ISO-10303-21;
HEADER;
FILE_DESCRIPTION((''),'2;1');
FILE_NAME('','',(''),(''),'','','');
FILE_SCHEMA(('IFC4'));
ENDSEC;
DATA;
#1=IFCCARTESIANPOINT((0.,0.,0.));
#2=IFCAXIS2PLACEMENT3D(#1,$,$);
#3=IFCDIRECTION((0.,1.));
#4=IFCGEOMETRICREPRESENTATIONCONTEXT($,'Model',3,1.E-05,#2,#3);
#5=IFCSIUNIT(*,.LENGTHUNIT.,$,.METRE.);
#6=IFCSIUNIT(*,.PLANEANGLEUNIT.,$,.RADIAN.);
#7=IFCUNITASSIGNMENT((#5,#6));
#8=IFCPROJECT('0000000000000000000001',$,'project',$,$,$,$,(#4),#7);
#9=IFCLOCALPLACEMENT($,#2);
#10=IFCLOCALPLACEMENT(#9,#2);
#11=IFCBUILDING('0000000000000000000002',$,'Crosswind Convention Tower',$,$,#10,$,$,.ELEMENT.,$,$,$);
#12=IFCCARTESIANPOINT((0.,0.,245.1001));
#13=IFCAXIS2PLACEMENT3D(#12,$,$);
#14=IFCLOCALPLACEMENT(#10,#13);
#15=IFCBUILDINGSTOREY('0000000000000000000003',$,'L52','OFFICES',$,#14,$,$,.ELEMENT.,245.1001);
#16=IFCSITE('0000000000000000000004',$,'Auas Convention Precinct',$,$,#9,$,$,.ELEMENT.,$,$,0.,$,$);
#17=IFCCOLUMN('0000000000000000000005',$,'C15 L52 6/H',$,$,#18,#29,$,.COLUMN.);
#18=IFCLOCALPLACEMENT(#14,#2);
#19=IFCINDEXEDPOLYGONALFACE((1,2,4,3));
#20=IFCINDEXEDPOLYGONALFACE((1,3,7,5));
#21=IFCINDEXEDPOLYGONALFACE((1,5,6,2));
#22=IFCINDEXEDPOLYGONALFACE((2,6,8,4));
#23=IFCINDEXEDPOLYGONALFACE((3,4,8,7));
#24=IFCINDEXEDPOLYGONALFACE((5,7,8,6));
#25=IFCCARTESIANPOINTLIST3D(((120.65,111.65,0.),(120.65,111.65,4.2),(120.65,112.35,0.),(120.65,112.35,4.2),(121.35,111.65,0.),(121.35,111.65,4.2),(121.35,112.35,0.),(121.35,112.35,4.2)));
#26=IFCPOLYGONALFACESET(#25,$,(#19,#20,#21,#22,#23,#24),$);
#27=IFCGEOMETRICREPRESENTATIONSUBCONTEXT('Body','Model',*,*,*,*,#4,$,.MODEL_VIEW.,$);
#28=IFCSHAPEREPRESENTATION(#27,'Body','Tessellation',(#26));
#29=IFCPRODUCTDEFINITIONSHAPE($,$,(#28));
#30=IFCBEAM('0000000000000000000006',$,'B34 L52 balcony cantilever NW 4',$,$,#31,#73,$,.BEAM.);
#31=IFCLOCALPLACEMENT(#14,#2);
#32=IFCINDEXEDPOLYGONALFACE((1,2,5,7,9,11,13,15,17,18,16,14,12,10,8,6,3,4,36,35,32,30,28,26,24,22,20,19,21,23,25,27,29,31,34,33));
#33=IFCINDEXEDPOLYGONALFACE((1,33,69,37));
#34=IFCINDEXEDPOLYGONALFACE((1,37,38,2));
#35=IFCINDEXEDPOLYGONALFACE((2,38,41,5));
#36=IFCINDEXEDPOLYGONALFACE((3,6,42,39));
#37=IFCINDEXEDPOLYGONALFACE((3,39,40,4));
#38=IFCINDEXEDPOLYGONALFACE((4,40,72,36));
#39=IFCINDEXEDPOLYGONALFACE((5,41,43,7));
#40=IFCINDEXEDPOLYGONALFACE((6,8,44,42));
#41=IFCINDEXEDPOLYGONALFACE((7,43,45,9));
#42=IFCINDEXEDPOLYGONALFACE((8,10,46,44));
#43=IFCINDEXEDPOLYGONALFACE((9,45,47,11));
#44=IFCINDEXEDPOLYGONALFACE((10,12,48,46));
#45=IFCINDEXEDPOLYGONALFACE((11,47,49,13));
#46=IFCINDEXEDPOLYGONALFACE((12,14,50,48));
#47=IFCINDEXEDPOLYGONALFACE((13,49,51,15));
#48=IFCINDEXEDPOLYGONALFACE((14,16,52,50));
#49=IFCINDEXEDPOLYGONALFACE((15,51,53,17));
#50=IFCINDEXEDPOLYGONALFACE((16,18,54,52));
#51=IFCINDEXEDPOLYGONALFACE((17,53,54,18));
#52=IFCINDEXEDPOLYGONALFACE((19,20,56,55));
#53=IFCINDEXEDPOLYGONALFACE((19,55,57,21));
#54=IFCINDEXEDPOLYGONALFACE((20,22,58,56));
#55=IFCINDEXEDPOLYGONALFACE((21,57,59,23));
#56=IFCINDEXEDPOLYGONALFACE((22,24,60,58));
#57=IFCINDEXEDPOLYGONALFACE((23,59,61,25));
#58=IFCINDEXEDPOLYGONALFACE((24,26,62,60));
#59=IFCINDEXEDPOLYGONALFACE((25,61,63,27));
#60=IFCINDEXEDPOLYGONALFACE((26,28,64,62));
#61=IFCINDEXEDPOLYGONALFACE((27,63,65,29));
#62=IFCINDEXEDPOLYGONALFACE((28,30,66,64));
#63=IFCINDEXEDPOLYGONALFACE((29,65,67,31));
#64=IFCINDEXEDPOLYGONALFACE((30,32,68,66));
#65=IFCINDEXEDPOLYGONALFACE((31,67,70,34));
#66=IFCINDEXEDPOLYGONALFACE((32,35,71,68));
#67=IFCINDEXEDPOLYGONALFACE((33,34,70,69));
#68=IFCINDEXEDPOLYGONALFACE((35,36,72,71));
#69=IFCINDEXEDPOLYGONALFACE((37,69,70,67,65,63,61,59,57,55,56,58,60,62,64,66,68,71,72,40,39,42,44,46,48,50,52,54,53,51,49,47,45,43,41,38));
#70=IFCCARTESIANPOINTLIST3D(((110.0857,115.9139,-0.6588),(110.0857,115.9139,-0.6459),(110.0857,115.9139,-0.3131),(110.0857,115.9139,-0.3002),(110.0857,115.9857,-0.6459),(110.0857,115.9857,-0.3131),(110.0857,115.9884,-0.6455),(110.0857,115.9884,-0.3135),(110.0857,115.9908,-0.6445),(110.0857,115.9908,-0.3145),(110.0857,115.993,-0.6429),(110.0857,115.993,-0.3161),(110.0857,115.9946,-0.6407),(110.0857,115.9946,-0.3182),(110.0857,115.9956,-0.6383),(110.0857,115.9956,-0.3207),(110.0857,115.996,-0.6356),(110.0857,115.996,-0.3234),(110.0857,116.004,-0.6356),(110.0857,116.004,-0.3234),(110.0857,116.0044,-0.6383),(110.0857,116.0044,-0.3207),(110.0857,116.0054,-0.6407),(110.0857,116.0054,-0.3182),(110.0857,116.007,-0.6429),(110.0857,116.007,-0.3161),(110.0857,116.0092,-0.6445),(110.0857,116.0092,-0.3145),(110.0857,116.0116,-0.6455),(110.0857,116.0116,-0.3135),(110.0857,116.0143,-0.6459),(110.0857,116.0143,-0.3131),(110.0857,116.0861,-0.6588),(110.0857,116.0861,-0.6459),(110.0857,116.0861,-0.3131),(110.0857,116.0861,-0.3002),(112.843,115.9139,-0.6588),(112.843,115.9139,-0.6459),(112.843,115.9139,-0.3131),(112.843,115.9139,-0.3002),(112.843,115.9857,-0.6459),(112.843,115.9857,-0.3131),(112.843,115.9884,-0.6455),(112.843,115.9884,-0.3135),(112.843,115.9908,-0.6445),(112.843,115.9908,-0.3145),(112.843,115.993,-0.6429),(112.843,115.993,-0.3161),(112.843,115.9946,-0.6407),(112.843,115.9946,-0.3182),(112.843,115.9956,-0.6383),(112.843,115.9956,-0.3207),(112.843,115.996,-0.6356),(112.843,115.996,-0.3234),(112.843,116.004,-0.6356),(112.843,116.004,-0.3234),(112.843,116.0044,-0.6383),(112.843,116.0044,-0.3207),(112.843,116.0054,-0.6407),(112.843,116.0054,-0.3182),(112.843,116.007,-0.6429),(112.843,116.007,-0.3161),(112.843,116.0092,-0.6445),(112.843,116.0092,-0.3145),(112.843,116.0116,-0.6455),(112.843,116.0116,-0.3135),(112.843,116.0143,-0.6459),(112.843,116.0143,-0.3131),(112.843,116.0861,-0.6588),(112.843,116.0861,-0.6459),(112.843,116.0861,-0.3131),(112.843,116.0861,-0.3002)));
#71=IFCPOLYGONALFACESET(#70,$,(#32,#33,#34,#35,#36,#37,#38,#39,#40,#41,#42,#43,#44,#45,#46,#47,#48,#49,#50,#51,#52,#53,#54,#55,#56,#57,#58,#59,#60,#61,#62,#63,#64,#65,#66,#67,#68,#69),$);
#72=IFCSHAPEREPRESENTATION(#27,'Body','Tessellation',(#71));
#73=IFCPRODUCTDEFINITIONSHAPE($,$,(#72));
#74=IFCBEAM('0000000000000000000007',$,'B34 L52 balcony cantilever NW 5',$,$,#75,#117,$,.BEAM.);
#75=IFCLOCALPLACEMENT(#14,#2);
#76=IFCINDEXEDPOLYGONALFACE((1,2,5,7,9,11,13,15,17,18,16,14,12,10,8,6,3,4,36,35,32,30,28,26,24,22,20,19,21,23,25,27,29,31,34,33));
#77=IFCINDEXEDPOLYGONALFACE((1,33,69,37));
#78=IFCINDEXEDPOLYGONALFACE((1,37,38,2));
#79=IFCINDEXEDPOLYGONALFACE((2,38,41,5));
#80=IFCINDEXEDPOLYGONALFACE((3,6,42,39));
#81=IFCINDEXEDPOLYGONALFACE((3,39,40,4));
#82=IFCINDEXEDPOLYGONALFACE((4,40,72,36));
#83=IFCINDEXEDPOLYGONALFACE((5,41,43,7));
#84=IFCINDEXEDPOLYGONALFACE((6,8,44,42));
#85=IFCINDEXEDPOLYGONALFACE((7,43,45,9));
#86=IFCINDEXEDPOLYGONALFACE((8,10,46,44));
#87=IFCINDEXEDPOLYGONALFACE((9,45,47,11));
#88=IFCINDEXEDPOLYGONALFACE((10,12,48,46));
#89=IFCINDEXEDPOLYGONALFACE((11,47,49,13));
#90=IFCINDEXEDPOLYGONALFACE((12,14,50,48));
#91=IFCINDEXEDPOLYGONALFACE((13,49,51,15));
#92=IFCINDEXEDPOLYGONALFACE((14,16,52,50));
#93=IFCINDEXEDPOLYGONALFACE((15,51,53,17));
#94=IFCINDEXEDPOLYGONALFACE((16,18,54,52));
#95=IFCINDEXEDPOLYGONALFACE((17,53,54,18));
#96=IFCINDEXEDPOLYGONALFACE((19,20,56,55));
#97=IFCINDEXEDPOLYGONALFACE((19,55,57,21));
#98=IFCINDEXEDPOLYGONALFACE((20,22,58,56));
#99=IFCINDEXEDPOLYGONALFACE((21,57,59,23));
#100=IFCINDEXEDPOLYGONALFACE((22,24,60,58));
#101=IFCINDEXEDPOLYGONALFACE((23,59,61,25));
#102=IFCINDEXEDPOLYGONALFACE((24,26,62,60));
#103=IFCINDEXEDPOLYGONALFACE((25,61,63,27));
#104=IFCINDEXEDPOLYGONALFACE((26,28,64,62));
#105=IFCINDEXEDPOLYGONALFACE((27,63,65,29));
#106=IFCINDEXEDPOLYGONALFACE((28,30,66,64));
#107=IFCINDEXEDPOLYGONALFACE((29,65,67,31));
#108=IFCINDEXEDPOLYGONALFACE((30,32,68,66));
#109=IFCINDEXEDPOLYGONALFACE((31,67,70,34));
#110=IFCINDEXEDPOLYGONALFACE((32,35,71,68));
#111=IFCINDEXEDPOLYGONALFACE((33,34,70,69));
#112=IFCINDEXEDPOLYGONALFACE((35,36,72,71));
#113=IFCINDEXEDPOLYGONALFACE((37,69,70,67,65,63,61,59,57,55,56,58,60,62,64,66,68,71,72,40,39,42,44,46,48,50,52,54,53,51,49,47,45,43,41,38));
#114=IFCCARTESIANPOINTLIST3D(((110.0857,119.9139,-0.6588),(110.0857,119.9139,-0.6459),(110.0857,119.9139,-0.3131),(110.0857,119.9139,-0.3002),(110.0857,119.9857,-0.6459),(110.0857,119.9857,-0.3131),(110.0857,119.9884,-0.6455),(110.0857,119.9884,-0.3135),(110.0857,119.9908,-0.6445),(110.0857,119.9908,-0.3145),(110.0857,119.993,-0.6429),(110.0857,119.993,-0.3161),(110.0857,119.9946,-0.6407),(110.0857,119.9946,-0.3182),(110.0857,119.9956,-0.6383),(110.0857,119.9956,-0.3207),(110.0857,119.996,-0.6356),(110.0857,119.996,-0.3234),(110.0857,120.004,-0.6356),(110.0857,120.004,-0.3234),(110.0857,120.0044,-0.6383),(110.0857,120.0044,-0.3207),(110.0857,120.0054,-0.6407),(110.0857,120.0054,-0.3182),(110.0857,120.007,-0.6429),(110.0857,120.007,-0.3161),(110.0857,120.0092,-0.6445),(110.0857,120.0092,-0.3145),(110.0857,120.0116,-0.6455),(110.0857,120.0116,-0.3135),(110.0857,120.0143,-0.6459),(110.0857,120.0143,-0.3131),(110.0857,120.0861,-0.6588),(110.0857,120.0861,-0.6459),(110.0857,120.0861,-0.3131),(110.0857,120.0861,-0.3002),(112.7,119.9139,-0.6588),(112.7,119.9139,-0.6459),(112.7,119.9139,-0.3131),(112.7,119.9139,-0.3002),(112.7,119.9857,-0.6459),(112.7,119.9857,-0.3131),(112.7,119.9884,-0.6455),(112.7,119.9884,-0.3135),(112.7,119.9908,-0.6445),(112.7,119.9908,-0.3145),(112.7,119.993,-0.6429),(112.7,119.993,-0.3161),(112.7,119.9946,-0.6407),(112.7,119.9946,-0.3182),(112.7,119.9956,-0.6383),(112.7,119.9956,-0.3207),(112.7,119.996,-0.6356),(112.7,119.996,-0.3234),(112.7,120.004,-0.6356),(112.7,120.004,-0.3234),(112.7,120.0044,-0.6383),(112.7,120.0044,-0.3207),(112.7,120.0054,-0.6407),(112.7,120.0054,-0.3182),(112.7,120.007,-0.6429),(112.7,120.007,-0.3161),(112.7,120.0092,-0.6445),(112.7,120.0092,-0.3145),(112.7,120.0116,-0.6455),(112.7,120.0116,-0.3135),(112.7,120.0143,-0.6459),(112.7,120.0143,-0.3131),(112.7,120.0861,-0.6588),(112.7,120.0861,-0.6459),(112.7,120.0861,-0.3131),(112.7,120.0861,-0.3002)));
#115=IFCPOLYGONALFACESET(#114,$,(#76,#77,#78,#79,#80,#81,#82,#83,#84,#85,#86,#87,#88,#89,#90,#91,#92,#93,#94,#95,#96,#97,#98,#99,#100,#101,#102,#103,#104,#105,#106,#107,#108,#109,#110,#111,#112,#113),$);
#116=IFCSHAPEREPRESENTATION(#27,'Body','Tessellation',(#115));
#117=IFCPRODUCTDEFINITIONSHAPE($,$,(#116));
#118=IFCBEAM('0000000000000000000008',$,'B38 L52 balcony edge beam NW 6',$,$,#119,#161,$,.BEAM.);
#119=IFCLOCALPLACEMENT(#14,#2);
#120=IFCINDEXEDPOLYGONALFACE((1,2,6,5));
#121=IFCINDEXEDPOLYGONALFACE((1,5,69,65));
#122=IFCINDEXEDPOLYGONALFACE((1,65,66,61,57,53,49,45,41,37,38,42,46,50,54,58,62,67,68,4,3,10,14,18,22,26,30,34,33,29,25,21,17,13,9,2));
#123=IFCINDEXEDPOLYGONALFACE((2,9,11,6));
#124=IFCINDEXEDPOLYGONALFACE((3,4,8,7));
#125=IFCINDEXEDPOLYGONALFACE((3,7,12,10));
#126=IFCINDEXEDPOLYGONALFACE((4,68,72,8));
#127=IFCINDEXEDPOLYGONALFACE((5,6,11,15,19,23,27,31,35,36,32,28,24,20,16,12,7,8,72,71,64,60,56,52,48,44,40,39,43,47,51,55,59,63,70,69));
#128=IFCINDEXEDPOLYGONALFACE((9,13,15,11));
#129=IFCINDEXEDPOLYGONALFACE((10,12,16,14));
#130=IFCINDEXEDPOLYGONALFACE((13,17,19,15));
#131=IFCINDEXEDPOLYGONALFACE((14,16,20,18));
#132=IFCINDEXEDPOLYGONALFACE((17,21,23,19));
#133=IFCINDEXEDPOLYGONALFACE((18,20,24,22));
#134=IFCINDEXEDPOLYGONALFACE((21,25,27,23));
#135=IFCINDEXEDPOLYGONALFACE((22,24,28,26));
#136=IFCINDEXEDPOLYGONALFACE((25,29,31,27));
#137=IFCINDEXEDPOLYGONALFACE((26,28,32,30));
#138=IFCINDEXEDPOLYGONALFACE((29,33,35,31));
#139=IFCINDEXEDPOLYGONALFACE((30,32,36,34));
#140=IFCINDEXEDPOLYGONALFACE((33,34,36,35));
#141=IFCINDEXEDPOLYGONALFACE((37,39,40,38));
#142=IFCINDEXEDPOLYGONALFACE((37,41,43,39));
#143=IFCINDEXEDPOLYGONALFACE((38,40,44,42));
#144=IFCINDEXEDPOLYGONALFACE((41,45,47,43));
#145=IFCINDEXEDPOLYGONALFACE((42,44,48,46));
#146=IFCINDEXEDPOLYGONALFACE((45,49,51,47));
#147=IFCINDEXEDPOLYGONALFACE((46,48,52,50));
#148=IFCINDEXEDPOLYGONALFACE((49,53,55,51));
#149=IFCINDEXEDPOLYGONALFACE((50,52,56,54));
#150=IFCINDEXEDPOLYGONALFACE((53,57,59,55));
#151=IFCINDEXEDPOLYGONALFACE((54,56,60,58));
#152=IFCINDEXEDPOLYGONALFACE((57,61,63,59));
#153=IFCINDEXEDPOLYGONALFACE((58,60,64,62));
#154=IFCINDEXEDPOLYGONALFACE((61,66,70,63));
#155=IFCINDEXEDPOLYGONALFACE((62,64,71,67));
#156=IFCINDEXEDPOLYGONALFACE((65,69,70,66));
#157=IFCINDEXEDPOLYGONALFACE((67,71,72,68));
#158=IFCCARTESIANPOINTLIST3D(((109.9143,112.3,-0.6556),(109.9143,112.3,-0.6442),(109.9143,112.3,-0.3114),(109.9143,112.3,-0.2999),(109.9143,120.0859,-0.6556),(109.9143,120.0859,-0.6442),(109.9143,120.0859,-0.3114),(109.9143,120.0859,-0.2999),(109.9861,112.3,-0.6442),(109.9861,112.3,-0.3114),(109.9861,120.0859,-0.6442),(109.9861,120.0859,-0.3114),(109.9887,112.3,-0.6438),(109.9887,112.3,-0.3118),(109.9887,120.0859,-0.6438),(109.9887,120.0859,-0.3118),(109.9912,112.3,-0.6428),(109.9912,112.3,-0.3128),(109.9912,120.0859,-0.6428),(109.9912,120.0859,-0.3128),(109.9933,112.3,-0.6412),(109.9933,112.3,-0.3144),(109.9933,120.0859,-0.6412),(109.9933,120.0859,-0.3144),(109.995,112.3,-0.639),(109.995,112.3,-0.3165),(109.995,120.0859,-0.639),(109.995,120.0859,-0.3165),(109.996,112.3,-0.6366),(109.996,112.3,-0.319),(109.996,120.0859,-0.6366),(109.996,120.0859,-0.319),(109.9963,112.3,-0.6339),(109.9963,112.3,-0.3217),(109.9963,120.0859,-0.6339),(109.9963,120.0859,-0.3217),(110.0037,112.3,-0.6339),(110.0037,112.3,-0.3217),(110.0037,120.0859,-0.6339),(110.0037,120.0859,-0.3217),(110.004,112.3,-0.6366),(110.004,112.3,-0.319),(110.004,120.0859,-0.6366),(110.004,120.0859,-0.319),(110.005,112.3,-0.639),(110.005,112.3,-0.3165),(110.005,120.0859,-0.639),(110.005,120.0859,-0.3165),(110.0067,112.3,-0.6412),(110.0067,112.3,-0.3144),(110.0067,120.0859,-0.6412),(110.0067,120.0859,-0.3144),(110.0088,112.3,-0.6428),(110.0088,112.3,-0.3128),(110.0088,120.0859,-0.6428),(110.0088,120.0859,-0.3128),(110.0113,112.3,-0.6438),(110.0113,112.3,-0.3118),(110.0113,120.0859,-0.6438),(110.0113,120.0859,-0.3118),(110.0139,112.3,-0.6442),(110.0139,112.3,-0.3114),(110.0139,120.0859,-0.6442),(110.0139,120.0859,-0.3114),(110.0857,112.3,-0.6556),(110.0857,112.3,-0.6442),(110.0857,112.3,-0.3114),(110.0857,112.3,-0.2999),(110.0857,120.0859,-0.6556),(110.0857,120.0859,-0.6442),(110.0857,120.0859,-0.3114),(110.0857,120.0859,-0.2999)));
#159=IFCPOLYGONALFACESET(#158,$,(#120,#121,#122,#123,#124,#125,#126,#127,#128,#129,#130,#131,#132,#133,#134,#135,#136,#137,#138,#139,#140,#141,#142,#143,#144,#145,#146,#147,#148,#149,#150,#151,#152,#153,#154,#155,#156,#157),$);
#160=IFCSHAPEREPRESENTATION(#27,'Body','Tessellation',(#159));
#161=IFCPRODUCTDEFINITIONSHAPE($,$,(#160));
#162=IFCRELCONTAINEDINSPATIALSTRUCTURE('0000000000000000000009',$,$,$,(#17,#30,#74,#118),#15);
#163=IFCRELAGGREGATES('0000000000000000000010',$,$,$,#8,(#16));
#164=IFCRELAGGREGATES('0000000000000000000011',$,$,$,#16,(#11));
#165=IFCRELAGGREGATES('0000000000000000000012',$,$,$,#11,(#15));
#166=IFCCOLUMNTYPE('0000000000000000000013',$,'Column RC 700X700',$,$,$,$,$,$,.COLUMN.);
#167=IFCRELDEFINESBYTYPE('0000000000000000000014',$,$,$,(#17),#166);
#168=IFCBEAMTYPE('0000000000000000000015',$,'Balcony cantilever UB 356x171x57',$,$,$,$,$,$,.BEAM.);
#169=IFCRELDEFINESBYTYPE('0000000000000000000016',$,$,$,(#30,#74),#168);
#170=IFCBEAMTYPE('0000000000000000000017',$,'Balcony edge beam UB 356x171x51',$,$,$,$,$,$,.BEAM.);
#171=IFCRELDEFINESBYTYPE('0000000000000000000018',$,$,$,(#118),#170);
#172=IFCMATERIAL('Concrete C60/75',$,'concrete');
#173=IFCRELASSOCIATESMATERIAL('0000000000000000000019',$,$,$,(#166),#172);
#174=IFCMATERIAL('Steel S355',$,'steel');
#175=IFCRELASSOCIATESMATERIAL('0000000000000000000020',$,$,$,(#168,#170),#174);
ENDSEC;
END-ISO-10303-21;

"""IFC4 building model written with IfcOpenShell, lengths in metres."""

from ifc_helpers import new_model, si_unit, direction, frame, origin, origin_2d, place, context, subcontext, project, spatial, rectangle, i_section, extrude, material, material_profile, profile_set, type_object, element, save


model = new_model("IFC4")

# Units and contexts
model_context = context("Model", 3, precision=1e-05, world=origin(), true_north=direction((0.0, 1.0)))
body_context = subcontext(model_context, "Body", "Model", "MODEL_VIEW")
ifc_project = project(units=[si_unit("LENGTHUNIT", "METRE"), si_unit("PLANEANGLEUNIT", "RADIAN")], contexts=[model_context])

# Site, building, storey
site_placement = place(None, origin())
site = spatial("IfcSite", under=ifc_project, at=site_placement, Name="Auas Convention Precinct", CompositionType="ELEMENT", RefElevation=0.0)
building_placement = place(site_placement, origin())
building = spatial("IfcBuilding", under=site, at=building_placement, Name="Crosswind Convention Tower", CompositionType="ELEMENT")
storey_placement = place(building_placement, frame((0.0, 0.0, 245.1001)))
storey = spatial("IfcBuildingStorey", under=building, at=storey_placement, Name="L52", Description="OFFICES", CompositionType="ELEMENT", Elevation=245.1001)

# Column
ifc_material_1 = material(Name="Concrete C60/75", Category="concrete")
ifc_material_profile_1 = material_profile(ifc_material_1, rectangle(XDim=0.7, YDim=0.7, at=origin_2d()), Name="RC 700X700")
ifc_profile_set_1 = profile_set([ifc_material_profile_1], Name="Concrete C60/75")
column_type = type_object("IfcColumnType", Name="Column RC 700X700", PredefinedType="COLUMN", material=ifc_profile_set_1)
column_placement = place(storey_placement, frame((121.0, 112.0, 0.0), z_axis=(0.0, 0.0, 1.0), x_axis=(1.0, 0.0, 0.0)))
element("IfcColumn", 1, at=column_placement, inside=storey, type_object=column_type, Name="C15 L52 6/H", PredefinedType="COLUMN", context=body_context, shape_type="SweptSolid", body=[
    extrude(rectangle(XDim=0.7, YDim=0.7, at=origin_2d()), origin(), (0.0, 0.0, 1.0), 4.2),
])

# Beams
ifc_material_2 = material(Name="Steel S355", Category="steel")
ifc_material_profile_2 = material_profile(ifc_material_2, i_section(OverallWidth=0.1721, OverallDepth=0.3586, WebThickness=0.0081, FlangeThickness=0.0129, FilletRadius=0.0103, at=origin_2d()), Name="UB 356x171x57")
ifc_profile_set_2 = profile_set([ifc_material_profile_2], Name="Steel S355")
beam_type_1 = type_object("IfcBeamType", Name="Balcony cantilever UB 356x171x57", PredefinedType="BEAM", material=ifc_profile_set_2)
beam_1_placement = place(storey_placement, frame((112.843, 116.0, -0.4795), z_axis=(-1.0, 0.0, 0.0), x_axis=(0.0, -1.0, 0.0)))
element("IfcBeam", 2, at=beam_1_placement, inside=storey, type_object=beam_type_1, Name="B34 L52 balcony cantilever NW 4", PredefinedType="BEAM", context=body_context, shape_type="SweptSolid", body=[
    extrude(i_section(OverallWidth=0.1721, OverallDepth=0.3586, WebThickness=0.0081, FlangeThickness=0.0129, FilletRadius=0.0103, at=origin_2d()), origin(), (0.0, 0.0, 1.0), 2.7573),
])
beam_2_placement = place(storey_placement, frame((112.7, 120.0, -0.4795), z_axis=(-1.0, 0.0, 0.0), x_axis=(0.0, -1.0, 0.0)))
element("IfcBeam", 3, at=beam_2_placement, inside=storey, type_object=beam_type_1, Name="B34 L52 balcony cantilever NW 5", PredefinedType="BEAM", context=body_context, shape_type="SweptSolid", body=[
    extrude(i_section(OverallWidth=0.1721, OverallDepth=0.3586, WebThickness=0.0081, FlangeThickness=0.0129, FilletRadius=0.0103, at=origin_2d()), origin(), (0.0, 0.0, 1.0), 2.6143),
])
ifc_material_profile_3 = material_profile(ifc_material_2, i_section(OverallWidth=0.1714, OverallDepth=0.3557, WebThickness=0.0073, FlangeThickness=0.0115, FilletRadius=0.0103, at=origin_2d()), Name="UB 356x171x51")
ifc_profile_set_3 = profile_set([ifc_material_profile_3], Name="Steel S355")
beam_type_2 = type_object("IfcBeamType", Name="Balcony edge beam UB 356x171x51", PredefinedType="BEAM", material=ifc_profile_set_3)
beam_3_placement = place(storey_placement, frame((110.0, 112.3, -0.4778), z_axis=(0.0, 1.0, 0.0), x_axis=(-1.0, 0.0, 0.0)))
element("IfcBeam", 4, at=beam_3_placement, inside=storey, type_object=beam_type_2, Name="B38 L52 balcony edge beam NW 6", PredefinedType="BEAM", context=body_context, shape_type="SweptSolid", body=[
    extrude(i_section(OverallWidth=0.1714, OverallDepth=0.3557, WebThickness=0.0073, FlangeThickness=0.0115, FilletRadius=0.0103, at=origin_2d()), origin(), (0.0, 0.0, 1.0), 7.7859),
])

save(model, "model.ifc")
